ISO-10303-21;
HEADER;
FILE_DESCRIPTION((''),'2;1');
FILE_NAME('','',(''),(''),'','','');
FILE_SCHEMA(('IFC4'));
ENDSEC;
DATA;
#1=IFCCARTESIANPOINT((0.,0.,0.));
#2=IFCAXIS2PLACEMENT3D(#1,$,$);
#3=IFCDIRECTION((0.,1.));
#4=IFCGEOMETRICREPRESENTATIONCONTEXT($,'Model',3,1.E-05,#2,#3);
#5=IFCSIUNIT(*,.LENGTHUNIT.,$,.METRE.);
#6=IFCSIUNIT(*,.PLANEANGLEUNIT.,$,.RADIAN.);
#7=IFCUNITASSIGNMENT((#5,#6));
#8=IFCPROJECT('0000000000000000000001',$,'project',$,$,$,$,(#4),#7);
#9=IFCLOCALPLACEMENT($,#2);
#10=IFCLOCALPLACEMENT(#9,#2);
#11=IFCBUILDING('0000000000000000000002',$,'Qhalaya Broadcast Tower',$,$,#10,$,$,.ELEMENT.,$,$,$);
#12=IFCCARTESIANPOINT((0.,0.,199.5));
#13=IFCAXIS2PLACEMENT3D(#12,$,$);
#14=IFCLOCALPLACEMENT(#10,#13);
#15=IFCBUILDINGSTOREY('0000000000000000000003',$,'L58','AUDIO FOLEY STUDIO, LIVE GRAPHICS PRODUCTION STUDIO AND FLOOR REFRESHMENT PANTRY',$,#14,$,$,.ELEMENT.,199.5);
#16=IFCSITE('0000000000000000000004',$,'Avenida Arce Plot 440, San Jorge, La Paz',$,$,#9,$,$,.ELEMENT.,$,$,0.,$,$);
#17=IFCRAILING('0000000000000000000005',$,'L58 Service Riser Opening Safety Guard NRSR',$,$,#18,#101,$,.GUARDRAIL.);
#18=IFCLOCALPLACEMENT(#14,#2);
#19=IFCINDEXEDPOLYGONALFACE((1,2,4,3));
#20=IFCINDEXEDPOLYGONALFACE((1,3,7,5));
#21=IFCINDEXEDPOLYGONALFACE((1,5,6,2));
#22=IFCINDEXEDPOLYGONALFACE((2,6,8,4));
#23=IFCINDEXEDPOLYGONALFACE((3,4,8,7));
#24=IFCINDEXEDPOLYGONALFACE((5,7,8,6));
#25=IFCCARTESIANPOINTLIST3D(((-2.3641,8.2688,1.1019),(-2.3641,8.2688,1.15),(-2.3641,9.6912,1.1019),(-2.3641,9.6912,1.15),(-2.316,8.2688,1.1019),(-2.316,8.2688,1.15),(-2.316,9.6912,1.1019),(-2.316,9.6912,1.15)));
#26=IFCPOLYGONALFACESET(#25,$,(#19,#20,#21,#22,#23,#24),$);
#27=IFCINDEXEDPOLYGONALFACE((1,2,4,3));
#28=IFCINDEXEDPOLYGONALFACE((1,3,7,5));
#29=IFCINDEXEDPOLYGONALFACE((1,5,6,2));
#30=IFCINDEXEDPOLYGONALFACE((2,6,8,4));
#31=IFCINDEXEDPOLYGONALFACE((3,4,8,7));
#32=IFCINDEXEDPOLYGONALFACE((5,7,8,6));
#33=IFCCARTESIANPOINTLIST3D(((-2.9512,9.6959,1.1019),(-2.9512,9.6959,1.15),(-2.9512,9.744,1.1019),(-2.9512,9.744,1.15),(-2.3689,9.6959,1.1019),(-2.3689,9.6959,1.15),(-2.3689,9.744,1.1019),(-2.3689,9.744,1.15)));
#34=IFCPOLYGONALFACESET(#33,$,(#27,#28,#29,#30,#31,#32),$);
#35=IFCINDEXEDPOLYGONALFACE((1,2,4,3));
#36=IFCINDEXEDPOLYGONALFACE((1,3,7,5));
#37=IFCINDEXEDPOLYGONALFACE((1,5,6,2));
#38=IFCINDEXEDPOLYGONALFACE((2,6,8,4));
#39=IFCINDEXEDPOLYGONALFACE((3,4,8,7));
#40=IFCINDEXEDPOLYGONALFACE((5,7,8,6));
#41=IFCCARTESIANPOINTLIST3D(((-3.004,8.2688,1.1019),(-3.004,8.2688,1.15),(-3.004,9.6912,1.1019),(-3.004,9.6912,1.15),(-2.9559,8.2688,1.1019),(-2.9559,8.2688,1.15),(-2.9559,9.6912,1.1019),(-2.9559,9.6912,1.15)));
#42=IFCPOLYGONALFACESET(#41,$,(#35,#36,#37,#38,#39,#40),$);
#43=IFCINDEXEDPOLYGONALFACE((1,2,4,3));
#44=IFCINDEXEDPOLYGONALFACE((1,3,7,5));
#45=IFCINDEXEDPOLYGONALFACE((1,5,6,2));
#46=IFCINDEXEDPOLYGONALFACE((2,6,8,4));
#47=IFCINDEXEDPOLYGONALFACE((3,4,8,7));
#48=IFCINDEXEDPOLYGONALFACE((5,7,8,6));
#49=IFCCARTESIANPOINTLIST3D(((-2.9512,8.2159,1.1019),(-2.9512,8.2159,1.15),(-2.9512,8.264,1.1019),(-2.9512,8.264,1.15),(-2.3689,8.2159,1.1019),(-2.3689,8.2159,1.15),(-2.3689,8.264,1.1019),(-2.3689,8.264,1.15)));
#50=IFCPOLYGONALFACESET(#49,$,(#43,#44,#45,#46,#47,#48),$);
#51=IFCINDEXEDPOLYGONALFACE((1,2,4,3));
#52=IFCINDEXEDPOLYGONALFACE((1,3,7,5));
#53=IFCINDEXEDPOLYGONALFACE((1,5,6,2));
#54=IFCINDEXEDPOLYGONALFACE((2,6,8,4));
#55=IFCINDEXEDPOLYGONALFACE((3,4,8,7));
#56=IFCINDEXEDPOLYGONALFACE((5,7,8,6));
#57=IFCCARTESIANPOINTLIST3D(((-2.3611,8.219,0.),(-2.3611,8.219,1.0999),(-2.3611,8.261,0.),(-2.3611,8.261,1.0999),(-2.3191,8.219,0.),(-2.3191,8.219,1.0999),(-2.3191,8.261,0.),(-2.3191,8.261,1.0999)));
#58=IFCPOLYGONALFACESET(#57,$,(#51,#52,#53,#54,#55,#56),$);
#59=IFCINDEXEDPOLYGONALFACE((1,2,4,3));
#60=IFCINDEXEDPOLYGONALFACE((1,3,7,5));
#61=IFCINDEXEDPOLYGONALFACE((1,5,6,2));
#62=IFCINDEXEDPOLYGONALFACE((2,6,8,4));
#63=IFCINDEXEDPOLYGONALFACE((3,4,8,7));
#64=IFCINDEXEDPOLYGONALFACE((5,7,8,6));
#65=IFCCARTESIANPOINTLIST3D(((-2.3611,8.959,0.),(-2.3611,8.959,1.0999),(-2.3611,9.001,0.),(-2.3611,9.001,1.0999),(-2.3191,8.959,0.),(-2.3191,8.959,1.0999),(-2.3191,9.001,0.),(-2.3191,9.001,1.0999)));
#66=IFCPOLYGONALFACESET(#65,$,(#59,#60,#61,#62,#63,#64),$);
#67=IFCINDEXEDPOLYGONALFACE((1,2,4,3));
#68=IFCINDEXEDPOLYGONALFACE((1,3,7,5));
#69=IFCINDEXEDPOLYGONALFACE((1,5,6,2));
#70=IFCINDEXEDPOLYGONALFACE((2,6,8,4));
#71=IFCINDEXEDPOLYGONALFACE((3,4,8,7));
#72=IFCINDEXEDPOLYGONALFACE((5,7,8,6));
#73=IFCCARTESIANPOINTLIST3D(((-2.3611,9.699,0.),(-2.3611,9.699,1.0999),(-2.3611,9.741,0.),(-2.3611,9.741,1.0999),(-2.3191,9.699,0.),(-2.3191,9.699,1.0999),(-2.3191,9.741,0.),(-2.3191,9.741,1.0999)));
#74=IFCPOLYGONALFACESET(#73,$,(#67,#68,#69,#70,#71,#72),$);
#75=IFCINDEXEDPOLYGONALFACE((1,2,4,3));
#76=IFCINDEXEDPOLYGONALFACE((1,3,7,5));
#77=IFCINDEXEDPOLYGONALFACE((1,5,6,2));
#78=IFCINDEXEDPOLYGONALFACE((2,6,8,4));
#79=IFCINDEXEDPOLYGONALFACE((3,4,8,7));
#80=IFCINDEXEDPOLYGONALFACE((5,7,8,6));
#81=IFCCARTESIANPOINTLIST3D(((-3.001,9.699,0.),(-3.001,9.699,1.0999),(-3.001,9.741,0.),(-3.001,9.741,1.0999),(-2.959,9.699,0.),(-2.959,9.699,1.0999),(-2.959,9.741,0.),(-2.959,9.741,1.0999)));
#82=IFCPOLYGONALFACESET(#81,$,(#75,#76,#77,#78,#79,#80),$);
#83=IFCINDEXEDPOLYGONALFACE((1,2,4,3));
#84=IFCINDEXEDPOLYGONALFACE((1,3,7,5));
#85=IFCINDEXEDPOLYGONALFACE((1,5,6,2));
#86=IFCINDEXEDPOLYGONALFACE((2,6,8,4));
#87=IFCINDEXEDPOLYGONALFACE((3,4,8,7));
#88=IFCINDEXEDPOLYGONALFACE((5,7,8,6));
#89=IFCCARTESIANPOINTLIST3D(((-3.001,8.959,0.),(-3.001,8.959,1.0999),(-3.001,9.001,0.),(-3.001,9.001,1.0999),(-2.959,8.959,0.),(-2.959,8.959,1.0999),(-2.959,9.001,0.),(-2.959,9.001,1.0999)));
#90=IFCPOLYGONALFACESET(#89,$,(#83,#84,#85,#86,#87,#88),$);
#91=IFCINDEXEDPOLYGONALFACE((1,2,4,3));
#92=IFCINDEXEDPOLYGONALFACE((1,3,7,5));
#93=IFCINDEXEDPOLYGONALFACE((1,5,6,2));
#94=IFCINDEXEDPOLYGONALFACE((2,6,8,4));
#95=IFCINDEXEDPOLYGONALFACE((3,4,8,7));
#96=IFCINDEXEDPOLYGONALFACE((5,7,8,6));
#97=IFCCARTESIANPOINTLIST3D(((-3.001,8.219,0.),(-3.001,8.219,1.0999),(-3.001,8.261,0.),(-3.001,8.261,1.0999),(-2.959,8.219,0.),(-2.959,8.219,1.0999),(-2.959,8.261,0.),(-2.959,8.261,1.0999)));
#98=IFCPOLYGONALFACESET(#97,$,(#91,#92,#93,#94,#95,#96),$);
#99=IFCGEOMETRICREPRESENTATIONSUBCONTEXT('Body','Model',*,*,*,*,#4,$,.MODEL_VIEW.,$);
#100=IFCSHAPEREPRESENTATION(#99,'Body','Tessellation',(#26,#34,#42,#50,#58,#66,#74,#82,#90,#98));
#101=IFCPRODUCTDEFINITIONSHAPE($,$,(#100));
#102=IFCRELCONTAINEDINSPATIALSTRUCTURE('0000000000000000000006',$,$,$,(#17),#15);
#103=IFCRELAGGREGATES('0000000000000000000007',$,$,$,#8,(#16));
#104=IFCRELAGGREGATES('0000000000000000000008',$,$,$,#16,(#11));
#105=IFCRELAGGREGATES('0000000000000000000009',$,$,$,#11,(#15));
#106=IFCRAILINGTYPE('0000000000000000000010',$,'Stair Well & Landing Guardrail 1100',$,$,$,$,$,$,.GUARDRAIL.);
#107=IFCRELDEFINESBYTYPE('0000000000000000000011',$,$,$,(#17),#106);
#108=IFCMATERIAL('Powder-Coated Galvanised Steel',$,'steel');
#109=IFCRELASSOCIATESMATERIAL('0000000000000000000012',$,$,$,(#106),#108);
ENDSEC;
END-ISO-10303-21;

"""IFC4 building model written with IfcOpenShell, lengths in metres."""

from ifc_helpers import new_model, si_unit, direction, frame, origin, origin_2d, place, context, subcontext, project, spatial, rectangle, extrude, material, type_object, element, save


model = new_model("IFC4")

# Units and contexts
model_context = context("Model", 3, precision=1e-05, world=origin(), true_north=direction((0.0, 1.0)))
body_context = subcontext(model_context, "Body", "Model", "MODEL_VIEW")
ifc_project = project(units=[si_unit("LENGTHUNIT", "METRE"), si_unit("PLANEANGLEUNIT", "RADIAN")], contexts=[model_context])

# Site, building, storey
site_placement = place(None, origin())
site = spatial("IfcSite", under=ifc_project, at=site_placement, Name="Avenida Arce Plot 440, San Jorge, La Paz", CompositionType="ELEMENT", RefElevation=0.0)
building_placement = place(site_placement, origin())
building = spatial("IfcBuilding", under=site, at=building_placement, Name="Qhalaya Broadcast Tower", CompositionType="ELEMENT")
storey_placement = place(building_placement, frame((0.0, 0.0, 199.5)))
storey = spatial("IfcBuildingStorey", under=building, at=storey_placement, Name="L58", Description="AUDIO FOLEY STUDIO, LIVE GRAPHICS PRODUCTION STUDIO AND FLOOR REFRESHMENT PANTRY", CompositionType="ELEMENT", Elevation=199.5)

# Railing
ifc_material_1 = material(Name="Powder-Coated Galvanised Steel", Category="steel")
railing_type = type_object("IfcRailingType", Name="Stair Well & Landing Guardrail 1100", PredefinedType="GUARDRAIL", material=ifc_material_1)
railing_placement = place(storey_placement, frame((-2.3401, 8.24, 0.0)))
element("IfcRailing", 1, at=railing_placement, inside=storey, type_object=railing_type, Name="L58 Service Riser Opening Safety Guard NRSR", PredefinedType="GUARDRAIL", context=body_context, shape_type="SweptSolid", body=[
    extrude(rectangle(XDim=0.0481, YDim=0.0481, at=origin_2d()), frame((0.0, 0.0288, 1.126), z_axis=(0.0, 1.0, 0.0), x_axis=(-1.0, 0.0, 0.0)), (0.0, 0.0, 1.0), 1.4224),
    extrude(rectangle(XDim=0.0481, YDim=0.0481, at=origin_2d()), frame((-0.0288, 1.48, 1.126), z_axis=(-1.0, 0.0, 0.0), x_axis=(0.0, -1.0, 0.0)), (0.0, 0.0, 1.0), 0.5823),
    extrude(rectangle(XDim=0.0481, YDim=0.0481, at=origin_2d()), frame((-0.6399, 1.4512, 1.126), z_axis=(0.0, -1.0, 0.0), x_axis=(1.0, 0.0, 0.0)), (0.0, 0.0, 1.0), 1.4224),
    extrude(rectangle(XDim=0.0481, YDim=0.0481, at=origin_2d()), frame((-0.6111, 0.0, 1.126), z_axis=(1.0, 0.0, 0.0), x_axis=(0.0, 1.0, 0.0)), (0.0, 0.0, 1.0), 0.5823),
    extrude(rectangle(XDim=0.042, YDim=0.042, at=origin_2d()), origin(), (0.0, 0.0, 1.0), 1.0999),
    extrude(rectangle(XDim=0.042, YDim=0.042, at=origin_2d()), frame((0.0, 0.74, 0.0)), (0.0, 0.0, 1.0), 1.0999),
    extrude(rectangle(XDim=0.042, YDim=0.042, at=origin_2d()), frame((0.0, 1.48, 0.0)), (0.0, 0.0, 1.0), 1.0999),
    extrude(rectangle(XDim=0.042, YDim=0.042, at=origin_2d()), frame((-0.6399, 1.48, 0.0)), (0.0, 0.0, 1.0), 1.0999),
    extrude(rectangle(XDim=0.042, YDim=0.042, at=origin_2d()), frame((-0.6399, 0.74, 0.0)), (0.0, 0.0, 1.0), 1.0999),
    extrude(rectangle(XDim=0.042, YDim=0.042, at=origin_2d()), frame((-0.6399, 0.0, 0.0)), (0.0, 0.0, 1.0), 1.0999),
])

save(model, "model.ifc")
